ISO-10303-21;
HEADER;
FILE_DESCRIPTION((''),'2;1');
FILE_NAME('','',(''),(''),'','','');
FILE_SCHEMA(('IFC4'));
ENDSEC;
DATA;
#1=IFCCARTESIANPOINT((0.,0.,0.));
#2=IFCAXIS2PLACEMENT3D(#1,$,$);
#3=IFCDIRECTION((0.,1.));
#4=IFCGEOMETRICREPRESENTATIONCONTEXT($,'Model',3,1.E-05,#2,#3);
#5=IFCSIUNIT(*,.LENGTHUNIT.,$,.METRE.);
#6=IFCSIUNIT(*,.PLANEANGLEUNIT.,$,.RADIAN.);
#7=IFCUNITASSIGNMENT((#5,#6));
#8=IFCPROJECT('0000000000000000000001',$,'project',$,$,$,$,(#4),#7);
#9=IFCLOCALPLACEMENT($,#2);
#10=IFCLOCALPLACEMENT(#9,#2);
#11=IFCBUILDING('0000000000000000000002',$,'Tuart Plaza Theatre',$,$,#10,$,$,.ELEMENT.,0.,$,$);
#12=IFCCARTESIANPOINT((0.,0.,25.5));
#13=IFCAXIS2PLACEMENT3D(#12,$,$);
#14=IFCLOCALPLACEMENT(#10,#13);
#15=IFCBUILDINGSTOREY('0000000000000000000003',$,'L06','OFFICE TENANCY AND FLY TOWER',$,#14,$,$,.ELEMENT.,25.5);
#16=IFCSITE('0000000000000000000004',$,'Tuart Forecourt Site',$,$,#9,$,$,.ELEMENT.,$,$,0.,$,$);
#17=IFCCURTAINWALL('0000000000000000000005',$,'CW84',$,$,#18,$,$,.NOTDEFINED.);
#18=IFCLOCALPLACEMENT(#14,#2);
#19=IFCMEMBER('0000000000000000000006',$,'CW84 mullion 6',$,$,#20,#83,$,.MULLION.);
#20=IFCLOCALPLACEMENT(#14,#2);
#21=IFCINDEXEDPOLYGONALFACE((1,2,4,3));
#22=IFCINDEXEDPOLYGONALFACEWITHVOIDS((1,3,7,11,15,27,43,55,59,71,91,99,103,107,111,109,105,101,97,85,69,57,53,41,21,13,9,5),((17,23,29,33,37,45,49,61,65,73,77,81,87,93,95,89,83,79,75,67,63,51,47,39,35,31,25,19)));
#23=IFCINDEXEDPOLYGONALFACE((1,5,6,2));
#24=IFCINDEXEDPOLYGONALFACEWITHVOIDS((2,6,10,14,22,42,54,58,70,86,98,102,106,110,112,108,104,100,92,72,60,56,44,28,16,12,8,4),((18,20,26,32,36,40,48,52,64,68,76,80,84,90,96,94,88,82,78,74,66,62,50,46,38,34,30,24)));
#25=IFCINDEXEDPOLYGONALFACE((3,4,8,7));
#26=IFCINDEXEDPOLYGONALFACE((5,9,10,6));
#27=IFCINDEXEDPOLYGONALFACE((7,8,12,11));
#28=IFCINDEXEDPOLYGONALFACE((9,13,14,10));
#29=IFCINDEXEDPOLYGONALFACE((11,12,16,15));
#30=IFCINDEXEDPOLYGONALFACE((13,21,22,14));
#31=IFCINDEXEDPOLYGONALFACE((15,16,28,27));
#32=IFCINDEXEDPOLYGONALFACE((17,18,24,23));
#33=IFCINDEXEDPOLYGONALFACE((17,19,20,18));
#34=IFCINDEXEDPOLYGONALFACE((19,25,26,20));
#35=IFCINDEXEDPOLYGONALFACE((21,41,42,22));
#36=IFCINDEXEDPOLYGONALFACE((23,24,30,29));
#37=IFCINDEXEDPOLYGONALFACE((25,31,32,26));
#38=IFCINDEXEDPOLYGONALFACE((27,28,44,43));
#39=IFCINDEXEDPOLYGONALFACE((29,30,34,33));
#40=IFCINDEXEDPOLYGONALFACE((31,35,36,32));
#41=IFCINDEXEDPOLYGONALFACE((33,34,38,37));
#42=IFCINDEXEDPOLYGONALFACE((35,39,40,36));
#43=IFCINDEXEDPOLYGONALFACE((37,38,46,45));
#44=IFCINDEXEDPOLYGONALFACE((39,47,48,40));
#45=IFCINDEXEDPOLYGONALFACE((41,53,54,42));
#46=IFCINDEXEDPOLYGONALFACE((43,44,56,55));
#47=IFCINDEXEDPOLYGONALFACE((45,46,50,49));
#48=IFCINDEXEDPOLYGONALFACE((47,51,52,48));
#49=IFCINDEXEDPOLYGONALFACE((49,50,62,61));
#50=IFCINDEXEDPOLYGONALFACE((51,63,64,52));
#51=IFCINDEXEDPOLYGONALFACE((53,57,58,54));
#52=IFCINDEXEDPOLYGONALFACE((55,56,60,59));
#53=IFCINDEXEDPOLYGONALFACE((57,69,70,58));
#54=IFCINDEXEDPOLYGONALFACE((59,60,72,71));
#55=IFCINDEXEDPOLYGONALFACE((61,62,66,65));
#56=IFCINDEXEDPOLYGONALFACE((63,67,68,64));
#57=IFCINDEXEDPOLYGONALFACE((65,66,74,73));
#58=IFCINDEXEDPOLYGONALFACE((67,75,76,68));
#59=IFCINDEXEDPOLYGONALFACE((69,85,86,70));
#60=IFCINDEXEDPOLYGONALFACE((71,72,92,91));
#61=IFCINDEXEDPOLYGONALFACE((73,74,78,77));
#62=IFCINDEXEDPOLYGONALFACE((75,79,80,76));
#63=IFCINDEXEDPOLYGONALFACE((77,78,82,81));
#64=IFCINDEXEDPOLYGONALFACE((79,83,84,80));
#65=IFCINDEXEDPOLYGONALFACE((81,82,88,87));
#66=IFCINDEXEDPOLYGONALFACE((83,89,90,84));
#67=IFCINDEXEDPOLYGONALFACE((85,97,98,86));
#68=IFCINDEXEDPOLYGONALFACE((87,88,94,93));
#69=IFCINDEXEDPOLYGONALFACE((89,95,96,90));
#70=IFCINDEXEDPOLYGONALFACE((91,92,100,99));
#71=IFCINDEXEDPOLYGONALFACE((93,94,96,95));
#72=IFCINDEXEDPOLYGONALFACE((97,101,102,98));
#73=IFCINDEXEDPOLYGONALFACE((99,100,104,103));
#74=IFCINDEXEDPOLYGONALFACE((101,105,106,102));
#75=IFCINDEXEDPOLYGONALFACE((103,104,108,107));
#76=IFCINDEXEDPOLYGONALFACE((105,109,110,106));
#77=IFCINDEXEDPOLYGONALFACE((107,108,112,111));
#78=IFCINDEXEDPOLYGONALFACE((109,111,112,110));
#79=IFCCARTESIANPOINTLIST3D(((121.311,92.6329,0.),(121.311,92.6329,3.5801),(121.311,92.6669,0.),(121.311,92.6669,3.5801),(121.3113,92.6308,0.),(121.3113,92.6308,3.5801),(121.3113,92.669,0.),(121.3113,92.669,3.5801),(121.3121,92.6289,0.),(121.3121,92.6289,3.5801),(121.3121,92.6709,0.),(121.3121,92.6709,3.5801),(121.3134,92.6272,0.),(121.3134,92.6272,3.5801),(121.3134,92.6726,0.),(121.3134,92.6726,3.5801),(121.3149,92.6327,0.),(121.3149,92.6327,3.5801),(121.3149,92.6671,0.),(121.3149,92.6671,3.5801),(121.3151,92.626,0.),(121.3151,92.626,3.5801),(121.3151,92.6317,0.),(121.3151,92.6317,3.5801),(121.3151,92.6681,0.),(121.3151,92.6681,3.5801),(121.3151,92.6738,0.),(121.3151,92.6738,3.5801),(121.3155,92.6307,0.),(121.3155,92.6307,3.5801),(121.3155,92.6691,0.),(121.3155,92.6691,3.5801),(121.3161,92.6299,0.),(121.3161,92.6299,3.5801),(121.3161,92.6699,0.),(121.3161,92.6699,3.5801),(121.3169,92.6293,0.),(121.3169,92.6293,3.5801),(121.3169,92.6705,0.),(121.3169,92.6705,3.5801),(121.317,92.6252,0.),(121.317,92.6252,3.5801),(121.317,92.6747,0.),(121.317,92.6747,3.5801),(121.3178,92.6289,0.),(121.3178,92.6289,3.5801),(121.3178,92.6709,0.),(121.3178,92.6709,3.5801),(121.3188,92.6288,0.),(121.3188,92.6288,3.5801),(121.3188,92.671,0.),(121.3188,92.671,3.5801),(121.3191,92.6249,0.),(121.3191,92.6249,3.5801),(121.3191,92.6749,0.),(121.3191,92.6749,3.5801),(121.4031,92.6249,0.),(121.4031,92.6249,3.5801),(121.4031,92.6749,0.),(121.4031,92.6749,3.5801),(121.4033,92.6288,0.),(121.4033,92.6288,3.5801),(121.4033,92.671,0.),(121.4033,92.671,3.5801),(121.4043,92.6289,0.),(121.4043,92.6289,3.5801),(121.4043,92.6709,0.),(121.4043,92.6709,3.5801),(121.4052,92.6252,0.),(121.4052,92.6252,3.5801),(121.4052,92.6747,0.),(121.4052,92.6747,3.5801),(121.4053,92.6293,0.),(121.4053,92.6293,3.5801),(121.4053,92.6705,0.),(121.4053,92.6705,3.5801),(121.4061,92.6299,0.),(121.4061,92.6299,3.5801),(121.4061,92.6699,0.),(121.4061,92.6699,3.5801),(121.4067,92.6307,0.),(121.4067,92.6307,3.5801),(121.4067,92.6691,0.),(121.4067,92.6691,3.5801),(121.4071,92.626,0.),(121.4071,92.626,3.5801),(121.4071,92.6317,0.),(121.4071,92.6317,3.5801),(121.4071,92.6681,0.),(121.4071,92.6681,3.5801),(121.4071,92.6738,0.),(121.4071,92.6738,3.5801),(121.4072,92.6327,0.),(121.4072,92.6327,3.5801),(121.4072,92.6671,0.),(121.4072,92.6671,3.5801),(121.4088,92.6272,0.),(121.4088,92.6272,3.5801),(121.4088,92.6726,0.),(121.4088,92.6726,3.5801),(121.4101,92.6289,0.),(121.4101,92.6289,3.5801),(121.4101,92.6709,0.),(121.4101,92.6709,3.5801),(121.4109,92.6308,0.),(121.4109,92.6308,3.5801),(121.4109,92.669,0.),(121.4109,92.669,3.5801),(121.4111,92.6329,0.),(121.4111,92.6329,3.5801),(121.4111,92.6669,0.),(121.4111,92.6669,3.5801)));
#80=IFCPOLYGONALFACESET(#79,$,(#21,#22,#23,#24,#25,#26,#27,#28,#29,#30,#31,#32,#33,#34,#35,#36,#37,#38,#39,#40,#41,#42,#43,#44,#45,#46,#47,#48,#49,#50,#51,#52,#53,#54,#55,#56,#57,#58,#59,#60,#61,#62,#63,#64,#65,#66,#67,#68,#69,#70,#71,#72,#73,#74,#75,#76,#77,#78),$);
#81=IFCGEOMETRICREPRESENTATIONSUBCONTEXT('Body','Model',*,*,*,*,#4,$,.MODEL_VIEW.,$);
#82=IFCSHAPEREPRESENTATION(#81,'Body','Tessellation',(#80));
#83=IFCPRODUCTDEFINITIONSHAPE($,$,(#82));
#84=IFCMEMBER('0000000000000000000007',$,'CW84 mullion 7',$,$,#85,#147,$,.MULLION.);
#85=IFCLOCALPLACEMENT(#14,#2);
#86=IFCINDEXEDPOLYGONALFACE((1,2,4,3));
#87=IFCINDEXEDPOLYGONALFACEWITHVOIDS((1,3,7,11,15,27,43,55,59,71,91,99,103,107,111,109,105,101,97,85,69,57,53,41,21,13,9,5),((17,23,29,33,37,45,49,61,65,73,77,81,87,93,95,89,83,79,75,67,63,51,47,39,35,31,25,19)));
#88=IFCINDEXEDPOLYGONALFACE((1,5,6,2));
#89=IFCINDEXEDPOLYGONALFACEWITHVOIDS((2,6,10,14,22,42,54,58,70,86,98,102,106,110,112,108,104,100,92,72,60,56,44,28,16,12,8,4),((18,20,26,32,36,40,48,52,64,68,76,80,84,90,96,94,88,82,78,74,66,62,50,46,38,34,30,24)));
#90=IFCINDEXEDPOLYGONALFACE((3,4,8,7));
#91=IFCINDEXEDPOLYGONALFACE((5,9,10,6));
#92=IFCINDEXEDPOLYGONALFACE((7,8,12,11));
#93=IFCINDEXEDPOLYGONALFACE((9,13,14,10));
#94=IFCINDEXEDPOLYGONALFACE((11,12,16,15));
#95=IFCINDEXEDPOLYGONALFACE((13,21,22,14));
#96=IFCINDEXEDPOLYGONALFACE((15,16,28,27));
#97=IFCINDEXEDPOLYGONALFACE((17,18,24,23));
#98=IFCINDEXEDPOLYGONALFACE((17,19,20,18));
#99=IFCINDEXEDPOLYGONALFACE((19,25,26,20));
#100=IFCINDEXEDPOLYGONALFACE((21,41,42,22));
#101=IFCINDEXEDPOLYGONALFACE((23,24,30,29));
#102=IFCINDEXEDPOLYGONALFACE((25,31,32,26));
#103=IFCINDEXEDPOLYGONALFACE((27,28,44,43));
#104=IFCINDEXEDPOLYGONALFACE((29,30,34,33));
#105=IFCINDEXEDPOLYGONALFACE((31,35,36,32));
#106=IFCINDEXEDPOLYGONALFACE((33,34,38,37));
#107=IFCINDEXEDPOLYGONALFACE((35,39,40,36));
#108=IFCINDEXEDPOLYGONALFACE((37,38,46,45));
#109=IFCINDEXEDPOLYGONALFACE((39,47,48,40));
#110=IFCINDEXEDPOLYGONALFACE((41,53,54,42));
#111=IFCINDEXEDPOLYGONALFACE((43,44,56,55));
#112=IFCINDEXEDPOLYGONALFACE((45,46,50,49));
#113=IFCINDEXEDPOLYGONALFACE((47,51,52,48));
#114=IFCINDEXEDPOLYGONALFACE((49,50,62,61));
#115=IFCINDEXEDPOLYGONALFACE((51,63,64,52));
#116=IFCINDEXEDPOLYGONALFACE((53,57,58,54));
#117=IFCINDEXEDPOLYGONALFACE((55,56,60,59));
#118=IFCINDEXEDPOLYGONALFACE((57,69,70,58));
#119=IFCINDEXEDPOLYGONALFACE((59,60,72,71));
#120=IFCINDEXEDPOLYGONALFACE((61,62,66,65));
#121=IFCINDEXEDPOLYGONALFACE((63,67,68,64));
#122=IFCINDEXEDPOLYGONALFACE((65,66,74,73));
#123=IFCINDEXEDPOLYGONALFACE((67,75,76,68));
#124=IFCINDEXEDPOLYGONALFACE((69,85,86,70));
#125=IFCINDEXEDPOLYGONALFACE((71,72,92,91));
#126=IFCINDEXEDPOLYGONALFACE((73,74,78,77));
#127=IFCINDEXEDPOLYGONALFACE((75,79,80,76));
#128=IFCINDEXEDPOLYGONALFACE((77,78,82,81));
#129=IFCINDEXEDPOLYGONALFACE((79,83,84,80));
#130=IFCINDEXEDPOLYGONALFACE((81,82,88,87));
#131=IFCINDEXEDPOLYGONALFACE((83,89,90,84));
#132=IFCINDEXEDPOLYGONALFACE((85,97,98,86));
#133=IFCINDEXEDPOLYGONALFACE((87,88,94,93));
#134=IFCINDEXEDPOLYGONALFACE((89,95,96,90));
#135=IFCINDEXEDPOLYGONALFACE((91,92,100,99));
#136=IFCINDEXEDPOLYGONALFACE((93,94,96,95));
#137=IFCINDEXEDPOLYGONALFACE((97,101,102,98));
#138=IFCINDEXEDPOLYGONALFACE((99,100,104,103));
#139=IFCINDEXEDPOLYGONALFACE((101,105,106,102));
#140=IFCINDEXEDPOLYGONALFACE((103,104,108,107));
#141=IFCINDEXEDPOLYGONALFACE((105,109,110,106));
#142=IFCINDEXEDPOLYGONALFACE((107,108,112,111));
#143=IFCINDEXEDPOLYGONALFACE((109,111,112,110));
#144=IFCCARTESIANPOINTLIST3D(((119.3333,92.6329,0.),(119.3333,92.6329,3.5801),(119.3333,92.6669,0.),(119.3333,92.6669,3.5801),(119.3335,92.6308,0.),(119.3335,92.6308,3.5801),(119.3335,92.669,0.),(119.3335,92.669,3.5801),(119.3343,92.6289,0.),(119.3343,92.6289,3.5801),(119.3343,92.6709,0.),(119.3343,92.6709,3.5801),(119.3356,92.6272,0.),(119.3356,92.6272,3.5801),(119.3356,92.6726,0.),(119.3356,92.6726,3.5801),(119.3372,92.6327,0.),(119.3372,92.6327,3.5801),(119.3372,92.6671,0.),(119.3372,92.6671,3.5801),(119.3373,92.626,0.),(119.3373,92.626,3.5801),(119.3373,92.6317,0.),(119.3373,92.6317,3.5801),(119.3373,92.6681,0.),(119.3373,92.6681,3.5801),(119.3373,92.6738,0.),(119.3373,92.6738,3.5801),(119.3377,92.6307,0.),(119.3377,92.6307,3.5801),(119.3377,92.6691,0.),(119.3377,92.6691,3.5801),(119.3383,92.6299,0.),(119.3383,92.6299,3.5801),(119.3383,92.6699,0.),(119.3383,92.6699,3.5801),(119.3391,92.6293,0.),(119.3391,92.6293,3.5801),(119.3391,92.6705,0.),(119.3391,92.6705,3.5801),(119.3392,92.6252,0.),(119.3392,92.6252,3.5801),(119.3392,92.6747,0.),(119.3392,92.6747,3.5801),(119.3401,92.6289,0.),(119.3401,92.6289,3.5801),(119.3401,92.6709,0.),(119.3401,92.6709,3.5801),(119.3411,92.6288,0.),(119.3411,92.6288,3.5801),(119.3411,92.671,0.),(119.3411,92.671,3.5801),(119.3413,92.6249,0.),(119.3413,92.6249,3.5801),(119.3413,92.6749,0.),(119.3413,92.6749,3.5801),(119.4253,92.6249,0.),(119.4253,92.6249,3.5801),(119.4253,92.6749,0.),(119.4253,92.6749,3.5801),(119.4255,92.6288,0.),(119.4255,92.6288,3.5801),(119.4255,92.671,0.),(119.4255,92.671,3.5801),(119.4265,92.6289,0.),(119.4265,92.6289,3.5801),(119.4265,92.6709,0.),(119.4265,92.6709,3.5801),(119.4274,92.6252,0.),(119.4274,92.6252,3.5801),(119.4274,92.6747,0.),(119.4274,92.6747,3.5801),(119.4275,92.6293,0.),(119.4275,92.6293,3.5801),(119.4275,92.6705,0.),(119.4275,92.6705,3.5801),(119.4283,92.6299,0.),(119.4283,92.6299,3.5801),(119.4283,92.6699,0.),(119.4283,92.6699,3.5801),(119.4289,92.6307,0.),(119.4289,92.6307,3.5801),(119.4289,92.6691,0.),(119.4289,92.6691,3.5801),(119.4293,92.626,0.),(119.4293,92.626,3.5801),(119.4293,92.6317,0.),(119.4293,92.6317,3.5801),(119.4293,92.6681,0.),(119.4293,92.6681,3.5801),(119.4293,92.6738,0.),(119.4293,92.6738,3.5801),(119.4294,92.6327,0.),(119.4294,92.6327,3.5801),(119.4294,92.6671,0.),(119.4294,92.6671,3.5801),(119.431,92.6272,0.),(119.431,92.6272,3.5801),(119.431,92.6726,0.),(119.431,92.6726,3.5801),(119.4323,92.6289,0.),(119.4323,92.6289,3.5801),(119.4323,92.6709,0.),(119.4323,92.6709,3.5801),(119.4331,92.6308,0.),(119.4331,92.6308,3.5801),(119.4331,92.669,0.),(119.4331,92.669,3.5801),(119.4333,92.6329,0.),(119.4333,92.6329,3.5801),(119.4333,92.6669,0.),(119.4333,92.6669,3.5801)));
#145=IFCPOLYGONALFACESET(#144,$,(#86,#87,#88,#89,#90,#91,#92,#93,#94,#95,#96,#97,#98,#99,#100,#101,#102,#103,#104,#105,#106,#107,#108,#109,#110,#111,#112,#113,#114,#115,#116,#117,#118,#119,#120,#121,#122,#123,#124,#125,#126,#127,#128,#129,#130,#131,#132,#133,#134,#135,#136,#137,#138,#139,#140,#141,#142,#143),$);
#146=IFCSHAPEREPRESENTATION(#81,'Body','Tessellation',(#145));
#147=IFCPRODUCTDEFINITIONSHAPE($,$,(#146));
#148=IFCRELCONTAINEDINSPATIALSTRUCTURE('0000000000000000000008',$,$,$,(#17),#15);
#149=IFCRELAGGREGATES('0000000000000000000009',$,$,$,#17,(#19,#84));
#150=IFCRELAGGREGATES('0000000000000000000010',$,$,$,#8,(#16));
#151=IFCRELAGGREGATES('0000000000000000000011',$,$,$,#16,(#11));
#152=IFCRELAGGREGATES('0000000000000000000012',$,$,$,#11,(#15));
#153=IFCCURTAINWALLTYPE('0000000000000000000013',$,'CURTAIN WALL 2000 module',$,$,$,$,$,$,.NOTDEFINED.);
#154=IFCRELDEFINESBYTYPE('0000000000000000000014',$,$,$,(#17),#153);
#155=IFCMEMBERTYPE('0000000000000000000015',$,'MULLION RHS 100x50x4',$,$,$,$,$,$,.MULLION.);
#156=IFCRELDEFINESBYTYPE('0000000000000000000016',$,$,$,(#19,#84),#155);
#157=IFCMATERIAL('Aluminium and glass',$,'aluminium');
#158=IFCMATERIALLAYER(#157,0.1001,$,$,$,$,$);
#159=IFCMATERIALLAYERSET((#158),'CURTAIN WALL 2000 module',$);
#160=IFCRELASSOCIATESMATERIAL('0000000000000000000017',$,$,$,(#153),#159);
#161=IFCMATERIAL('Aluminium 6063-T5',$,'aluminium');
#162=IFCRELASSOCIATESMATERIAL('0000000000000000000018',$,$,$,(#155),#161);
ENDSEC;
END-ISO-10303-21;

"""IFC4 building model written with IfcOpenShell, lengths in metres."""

from ifc_helpers import new_model, si_unit, direction, frame, origin, origin_2d, place, context, subcontext, project, spatial, hollow_rectangle, extrude, material, layer, layer_set, material_profile, profile_set, type_object, element, aggregate, save


model = new_model("IFC4")

# Units and contexts
model_context = context("Model", 3, precision=1e-05, world=origin(), true_north=direction((0.0, 1.0)))
body_context = subcontext(model_context, "Body", "Model", "MODEL_VIEW")
ifc_project = project(units=[si_unit("LENGTHUNIT", "METRE"), si_unit("PLANEANGLEUNIT", "RADIAN")], contexts=[model_context])

# Site, building, storey
site_placement = place(None, origin())
site = spatial("IfcSite", under=ifc_project, at=site_placement, Name="Tuart Forecourt Site", CompositionType="ELEMENT", RefElevation=0.0)
building_placement = place(site_placement, origin())
building = spatial("IfcBuilding", under=site, at=building_placement, Name="Tuart Plaza Theatre", CompositionType="ELEMENT", ElevationOfRefHeight=0.0)
storey_placement = place(building_placement, frame((0.0, 0.0, 25.5)))
storey = spatial("IfcBuildingStorey", under=building, at=storey_placement, Name="L06", Description="OFFICE TENANCY AND FLY TOWER", CompositionType="ELEMENT", Elevation=25.5)

# Curtain wall, members
ifc_material_1 = material(Name="Aluminium and glass", Category="aluminium")
ifc_layer_1 = layer(ifc_material_1, 0.1001)
ifc_layer_set_1 = layer_set([ifc_layer_1], Name="CURTAIN WALL 2000 module")
curtain_wall_type = type_object("IfcCurtainWallType", Name="CURTAIN WALL 2000 module", PredefinedType="NOTDEFINED", material=ifc_layer_set_1)
curtain_wall_placement = place(storey_placement, origin())
curtain_wall = element("IfcCurtainWall", 1, at=curtain_wall_placement, inside=storey, type_object=curtain_wall_type, Name="CW84", PredefinedType="NOTDEFINED")
ifc_material_2 = material(Name="Aluminium 6063-T5", Category="aluminium")
ifc_material_profile_1 = material_profile(ifc_material_2, hollow_rectangle(XDim=0.05, YDim=0.1001, WallThickness=0.0039, InnerFilletRadius=0.0039, OuterFilletRadius=0.0081, at=origin_2d()), Name="RHS 100x50x4")
ifc_profile_set_1 = profile_set([ifc_material_profile_1], Name="Aluminium 6063-T5")
member_type_1 = type_object("IfcMemberType", Name="MULLION RHS 100x50x4", PredefinedType="MULLION", material=ifc_profile_set_1)
member_1_placement = place(storey_placement, frame((121.3611, 92.6499, 0.0), z_axis=(0.0, 0.0, 1.0), x_axis=(0.0, -1.0, 0.0)))
member_1 = element("IfcMember", 2, at=member_1_placement, type_object=member_type_1, Name="CW84 mullion 6", PredefinedType="MULLION", context=body_context, shape_type="SweptSolid", body=[
    extrude(hollow_rectangle(XDim=0.05, YDim=0.1001, WallThickness=0.0039, InnerFilletRadius=0.0039, OuterFilletRadius=0.0081, at=origin_2d()), origin(), (0.0, 0.0, 1.0), 3.5801),
])
member_2_placement = place(storey_placement, frame((119.3833, 92.6499, 0.0), z_axis=(0.0, 0.0, 1.0), x_axis=(0.0, -1.0, 0.0)))
member_2 = element("IfcMember", 3, at=member_2_placement, type_object=member_type_1, Name="CW84 mullion 7", PredefinedType="MULLION", context=body_context, shape_type="SweptSolid", body=[
    extrude(hollow_rectangle(XDim=0.05, YDim=0.1001, WallThickness=0.0039, InnerFilletRadius=0.0039, OuterFilletRadius=0.0081, at=origin_2d()), origin(), (0.0, 0.0, 1.0), 3.5801),
])
aggregate(curtain_wall, [member_1, member_2])

save(model, "model.ifc")
